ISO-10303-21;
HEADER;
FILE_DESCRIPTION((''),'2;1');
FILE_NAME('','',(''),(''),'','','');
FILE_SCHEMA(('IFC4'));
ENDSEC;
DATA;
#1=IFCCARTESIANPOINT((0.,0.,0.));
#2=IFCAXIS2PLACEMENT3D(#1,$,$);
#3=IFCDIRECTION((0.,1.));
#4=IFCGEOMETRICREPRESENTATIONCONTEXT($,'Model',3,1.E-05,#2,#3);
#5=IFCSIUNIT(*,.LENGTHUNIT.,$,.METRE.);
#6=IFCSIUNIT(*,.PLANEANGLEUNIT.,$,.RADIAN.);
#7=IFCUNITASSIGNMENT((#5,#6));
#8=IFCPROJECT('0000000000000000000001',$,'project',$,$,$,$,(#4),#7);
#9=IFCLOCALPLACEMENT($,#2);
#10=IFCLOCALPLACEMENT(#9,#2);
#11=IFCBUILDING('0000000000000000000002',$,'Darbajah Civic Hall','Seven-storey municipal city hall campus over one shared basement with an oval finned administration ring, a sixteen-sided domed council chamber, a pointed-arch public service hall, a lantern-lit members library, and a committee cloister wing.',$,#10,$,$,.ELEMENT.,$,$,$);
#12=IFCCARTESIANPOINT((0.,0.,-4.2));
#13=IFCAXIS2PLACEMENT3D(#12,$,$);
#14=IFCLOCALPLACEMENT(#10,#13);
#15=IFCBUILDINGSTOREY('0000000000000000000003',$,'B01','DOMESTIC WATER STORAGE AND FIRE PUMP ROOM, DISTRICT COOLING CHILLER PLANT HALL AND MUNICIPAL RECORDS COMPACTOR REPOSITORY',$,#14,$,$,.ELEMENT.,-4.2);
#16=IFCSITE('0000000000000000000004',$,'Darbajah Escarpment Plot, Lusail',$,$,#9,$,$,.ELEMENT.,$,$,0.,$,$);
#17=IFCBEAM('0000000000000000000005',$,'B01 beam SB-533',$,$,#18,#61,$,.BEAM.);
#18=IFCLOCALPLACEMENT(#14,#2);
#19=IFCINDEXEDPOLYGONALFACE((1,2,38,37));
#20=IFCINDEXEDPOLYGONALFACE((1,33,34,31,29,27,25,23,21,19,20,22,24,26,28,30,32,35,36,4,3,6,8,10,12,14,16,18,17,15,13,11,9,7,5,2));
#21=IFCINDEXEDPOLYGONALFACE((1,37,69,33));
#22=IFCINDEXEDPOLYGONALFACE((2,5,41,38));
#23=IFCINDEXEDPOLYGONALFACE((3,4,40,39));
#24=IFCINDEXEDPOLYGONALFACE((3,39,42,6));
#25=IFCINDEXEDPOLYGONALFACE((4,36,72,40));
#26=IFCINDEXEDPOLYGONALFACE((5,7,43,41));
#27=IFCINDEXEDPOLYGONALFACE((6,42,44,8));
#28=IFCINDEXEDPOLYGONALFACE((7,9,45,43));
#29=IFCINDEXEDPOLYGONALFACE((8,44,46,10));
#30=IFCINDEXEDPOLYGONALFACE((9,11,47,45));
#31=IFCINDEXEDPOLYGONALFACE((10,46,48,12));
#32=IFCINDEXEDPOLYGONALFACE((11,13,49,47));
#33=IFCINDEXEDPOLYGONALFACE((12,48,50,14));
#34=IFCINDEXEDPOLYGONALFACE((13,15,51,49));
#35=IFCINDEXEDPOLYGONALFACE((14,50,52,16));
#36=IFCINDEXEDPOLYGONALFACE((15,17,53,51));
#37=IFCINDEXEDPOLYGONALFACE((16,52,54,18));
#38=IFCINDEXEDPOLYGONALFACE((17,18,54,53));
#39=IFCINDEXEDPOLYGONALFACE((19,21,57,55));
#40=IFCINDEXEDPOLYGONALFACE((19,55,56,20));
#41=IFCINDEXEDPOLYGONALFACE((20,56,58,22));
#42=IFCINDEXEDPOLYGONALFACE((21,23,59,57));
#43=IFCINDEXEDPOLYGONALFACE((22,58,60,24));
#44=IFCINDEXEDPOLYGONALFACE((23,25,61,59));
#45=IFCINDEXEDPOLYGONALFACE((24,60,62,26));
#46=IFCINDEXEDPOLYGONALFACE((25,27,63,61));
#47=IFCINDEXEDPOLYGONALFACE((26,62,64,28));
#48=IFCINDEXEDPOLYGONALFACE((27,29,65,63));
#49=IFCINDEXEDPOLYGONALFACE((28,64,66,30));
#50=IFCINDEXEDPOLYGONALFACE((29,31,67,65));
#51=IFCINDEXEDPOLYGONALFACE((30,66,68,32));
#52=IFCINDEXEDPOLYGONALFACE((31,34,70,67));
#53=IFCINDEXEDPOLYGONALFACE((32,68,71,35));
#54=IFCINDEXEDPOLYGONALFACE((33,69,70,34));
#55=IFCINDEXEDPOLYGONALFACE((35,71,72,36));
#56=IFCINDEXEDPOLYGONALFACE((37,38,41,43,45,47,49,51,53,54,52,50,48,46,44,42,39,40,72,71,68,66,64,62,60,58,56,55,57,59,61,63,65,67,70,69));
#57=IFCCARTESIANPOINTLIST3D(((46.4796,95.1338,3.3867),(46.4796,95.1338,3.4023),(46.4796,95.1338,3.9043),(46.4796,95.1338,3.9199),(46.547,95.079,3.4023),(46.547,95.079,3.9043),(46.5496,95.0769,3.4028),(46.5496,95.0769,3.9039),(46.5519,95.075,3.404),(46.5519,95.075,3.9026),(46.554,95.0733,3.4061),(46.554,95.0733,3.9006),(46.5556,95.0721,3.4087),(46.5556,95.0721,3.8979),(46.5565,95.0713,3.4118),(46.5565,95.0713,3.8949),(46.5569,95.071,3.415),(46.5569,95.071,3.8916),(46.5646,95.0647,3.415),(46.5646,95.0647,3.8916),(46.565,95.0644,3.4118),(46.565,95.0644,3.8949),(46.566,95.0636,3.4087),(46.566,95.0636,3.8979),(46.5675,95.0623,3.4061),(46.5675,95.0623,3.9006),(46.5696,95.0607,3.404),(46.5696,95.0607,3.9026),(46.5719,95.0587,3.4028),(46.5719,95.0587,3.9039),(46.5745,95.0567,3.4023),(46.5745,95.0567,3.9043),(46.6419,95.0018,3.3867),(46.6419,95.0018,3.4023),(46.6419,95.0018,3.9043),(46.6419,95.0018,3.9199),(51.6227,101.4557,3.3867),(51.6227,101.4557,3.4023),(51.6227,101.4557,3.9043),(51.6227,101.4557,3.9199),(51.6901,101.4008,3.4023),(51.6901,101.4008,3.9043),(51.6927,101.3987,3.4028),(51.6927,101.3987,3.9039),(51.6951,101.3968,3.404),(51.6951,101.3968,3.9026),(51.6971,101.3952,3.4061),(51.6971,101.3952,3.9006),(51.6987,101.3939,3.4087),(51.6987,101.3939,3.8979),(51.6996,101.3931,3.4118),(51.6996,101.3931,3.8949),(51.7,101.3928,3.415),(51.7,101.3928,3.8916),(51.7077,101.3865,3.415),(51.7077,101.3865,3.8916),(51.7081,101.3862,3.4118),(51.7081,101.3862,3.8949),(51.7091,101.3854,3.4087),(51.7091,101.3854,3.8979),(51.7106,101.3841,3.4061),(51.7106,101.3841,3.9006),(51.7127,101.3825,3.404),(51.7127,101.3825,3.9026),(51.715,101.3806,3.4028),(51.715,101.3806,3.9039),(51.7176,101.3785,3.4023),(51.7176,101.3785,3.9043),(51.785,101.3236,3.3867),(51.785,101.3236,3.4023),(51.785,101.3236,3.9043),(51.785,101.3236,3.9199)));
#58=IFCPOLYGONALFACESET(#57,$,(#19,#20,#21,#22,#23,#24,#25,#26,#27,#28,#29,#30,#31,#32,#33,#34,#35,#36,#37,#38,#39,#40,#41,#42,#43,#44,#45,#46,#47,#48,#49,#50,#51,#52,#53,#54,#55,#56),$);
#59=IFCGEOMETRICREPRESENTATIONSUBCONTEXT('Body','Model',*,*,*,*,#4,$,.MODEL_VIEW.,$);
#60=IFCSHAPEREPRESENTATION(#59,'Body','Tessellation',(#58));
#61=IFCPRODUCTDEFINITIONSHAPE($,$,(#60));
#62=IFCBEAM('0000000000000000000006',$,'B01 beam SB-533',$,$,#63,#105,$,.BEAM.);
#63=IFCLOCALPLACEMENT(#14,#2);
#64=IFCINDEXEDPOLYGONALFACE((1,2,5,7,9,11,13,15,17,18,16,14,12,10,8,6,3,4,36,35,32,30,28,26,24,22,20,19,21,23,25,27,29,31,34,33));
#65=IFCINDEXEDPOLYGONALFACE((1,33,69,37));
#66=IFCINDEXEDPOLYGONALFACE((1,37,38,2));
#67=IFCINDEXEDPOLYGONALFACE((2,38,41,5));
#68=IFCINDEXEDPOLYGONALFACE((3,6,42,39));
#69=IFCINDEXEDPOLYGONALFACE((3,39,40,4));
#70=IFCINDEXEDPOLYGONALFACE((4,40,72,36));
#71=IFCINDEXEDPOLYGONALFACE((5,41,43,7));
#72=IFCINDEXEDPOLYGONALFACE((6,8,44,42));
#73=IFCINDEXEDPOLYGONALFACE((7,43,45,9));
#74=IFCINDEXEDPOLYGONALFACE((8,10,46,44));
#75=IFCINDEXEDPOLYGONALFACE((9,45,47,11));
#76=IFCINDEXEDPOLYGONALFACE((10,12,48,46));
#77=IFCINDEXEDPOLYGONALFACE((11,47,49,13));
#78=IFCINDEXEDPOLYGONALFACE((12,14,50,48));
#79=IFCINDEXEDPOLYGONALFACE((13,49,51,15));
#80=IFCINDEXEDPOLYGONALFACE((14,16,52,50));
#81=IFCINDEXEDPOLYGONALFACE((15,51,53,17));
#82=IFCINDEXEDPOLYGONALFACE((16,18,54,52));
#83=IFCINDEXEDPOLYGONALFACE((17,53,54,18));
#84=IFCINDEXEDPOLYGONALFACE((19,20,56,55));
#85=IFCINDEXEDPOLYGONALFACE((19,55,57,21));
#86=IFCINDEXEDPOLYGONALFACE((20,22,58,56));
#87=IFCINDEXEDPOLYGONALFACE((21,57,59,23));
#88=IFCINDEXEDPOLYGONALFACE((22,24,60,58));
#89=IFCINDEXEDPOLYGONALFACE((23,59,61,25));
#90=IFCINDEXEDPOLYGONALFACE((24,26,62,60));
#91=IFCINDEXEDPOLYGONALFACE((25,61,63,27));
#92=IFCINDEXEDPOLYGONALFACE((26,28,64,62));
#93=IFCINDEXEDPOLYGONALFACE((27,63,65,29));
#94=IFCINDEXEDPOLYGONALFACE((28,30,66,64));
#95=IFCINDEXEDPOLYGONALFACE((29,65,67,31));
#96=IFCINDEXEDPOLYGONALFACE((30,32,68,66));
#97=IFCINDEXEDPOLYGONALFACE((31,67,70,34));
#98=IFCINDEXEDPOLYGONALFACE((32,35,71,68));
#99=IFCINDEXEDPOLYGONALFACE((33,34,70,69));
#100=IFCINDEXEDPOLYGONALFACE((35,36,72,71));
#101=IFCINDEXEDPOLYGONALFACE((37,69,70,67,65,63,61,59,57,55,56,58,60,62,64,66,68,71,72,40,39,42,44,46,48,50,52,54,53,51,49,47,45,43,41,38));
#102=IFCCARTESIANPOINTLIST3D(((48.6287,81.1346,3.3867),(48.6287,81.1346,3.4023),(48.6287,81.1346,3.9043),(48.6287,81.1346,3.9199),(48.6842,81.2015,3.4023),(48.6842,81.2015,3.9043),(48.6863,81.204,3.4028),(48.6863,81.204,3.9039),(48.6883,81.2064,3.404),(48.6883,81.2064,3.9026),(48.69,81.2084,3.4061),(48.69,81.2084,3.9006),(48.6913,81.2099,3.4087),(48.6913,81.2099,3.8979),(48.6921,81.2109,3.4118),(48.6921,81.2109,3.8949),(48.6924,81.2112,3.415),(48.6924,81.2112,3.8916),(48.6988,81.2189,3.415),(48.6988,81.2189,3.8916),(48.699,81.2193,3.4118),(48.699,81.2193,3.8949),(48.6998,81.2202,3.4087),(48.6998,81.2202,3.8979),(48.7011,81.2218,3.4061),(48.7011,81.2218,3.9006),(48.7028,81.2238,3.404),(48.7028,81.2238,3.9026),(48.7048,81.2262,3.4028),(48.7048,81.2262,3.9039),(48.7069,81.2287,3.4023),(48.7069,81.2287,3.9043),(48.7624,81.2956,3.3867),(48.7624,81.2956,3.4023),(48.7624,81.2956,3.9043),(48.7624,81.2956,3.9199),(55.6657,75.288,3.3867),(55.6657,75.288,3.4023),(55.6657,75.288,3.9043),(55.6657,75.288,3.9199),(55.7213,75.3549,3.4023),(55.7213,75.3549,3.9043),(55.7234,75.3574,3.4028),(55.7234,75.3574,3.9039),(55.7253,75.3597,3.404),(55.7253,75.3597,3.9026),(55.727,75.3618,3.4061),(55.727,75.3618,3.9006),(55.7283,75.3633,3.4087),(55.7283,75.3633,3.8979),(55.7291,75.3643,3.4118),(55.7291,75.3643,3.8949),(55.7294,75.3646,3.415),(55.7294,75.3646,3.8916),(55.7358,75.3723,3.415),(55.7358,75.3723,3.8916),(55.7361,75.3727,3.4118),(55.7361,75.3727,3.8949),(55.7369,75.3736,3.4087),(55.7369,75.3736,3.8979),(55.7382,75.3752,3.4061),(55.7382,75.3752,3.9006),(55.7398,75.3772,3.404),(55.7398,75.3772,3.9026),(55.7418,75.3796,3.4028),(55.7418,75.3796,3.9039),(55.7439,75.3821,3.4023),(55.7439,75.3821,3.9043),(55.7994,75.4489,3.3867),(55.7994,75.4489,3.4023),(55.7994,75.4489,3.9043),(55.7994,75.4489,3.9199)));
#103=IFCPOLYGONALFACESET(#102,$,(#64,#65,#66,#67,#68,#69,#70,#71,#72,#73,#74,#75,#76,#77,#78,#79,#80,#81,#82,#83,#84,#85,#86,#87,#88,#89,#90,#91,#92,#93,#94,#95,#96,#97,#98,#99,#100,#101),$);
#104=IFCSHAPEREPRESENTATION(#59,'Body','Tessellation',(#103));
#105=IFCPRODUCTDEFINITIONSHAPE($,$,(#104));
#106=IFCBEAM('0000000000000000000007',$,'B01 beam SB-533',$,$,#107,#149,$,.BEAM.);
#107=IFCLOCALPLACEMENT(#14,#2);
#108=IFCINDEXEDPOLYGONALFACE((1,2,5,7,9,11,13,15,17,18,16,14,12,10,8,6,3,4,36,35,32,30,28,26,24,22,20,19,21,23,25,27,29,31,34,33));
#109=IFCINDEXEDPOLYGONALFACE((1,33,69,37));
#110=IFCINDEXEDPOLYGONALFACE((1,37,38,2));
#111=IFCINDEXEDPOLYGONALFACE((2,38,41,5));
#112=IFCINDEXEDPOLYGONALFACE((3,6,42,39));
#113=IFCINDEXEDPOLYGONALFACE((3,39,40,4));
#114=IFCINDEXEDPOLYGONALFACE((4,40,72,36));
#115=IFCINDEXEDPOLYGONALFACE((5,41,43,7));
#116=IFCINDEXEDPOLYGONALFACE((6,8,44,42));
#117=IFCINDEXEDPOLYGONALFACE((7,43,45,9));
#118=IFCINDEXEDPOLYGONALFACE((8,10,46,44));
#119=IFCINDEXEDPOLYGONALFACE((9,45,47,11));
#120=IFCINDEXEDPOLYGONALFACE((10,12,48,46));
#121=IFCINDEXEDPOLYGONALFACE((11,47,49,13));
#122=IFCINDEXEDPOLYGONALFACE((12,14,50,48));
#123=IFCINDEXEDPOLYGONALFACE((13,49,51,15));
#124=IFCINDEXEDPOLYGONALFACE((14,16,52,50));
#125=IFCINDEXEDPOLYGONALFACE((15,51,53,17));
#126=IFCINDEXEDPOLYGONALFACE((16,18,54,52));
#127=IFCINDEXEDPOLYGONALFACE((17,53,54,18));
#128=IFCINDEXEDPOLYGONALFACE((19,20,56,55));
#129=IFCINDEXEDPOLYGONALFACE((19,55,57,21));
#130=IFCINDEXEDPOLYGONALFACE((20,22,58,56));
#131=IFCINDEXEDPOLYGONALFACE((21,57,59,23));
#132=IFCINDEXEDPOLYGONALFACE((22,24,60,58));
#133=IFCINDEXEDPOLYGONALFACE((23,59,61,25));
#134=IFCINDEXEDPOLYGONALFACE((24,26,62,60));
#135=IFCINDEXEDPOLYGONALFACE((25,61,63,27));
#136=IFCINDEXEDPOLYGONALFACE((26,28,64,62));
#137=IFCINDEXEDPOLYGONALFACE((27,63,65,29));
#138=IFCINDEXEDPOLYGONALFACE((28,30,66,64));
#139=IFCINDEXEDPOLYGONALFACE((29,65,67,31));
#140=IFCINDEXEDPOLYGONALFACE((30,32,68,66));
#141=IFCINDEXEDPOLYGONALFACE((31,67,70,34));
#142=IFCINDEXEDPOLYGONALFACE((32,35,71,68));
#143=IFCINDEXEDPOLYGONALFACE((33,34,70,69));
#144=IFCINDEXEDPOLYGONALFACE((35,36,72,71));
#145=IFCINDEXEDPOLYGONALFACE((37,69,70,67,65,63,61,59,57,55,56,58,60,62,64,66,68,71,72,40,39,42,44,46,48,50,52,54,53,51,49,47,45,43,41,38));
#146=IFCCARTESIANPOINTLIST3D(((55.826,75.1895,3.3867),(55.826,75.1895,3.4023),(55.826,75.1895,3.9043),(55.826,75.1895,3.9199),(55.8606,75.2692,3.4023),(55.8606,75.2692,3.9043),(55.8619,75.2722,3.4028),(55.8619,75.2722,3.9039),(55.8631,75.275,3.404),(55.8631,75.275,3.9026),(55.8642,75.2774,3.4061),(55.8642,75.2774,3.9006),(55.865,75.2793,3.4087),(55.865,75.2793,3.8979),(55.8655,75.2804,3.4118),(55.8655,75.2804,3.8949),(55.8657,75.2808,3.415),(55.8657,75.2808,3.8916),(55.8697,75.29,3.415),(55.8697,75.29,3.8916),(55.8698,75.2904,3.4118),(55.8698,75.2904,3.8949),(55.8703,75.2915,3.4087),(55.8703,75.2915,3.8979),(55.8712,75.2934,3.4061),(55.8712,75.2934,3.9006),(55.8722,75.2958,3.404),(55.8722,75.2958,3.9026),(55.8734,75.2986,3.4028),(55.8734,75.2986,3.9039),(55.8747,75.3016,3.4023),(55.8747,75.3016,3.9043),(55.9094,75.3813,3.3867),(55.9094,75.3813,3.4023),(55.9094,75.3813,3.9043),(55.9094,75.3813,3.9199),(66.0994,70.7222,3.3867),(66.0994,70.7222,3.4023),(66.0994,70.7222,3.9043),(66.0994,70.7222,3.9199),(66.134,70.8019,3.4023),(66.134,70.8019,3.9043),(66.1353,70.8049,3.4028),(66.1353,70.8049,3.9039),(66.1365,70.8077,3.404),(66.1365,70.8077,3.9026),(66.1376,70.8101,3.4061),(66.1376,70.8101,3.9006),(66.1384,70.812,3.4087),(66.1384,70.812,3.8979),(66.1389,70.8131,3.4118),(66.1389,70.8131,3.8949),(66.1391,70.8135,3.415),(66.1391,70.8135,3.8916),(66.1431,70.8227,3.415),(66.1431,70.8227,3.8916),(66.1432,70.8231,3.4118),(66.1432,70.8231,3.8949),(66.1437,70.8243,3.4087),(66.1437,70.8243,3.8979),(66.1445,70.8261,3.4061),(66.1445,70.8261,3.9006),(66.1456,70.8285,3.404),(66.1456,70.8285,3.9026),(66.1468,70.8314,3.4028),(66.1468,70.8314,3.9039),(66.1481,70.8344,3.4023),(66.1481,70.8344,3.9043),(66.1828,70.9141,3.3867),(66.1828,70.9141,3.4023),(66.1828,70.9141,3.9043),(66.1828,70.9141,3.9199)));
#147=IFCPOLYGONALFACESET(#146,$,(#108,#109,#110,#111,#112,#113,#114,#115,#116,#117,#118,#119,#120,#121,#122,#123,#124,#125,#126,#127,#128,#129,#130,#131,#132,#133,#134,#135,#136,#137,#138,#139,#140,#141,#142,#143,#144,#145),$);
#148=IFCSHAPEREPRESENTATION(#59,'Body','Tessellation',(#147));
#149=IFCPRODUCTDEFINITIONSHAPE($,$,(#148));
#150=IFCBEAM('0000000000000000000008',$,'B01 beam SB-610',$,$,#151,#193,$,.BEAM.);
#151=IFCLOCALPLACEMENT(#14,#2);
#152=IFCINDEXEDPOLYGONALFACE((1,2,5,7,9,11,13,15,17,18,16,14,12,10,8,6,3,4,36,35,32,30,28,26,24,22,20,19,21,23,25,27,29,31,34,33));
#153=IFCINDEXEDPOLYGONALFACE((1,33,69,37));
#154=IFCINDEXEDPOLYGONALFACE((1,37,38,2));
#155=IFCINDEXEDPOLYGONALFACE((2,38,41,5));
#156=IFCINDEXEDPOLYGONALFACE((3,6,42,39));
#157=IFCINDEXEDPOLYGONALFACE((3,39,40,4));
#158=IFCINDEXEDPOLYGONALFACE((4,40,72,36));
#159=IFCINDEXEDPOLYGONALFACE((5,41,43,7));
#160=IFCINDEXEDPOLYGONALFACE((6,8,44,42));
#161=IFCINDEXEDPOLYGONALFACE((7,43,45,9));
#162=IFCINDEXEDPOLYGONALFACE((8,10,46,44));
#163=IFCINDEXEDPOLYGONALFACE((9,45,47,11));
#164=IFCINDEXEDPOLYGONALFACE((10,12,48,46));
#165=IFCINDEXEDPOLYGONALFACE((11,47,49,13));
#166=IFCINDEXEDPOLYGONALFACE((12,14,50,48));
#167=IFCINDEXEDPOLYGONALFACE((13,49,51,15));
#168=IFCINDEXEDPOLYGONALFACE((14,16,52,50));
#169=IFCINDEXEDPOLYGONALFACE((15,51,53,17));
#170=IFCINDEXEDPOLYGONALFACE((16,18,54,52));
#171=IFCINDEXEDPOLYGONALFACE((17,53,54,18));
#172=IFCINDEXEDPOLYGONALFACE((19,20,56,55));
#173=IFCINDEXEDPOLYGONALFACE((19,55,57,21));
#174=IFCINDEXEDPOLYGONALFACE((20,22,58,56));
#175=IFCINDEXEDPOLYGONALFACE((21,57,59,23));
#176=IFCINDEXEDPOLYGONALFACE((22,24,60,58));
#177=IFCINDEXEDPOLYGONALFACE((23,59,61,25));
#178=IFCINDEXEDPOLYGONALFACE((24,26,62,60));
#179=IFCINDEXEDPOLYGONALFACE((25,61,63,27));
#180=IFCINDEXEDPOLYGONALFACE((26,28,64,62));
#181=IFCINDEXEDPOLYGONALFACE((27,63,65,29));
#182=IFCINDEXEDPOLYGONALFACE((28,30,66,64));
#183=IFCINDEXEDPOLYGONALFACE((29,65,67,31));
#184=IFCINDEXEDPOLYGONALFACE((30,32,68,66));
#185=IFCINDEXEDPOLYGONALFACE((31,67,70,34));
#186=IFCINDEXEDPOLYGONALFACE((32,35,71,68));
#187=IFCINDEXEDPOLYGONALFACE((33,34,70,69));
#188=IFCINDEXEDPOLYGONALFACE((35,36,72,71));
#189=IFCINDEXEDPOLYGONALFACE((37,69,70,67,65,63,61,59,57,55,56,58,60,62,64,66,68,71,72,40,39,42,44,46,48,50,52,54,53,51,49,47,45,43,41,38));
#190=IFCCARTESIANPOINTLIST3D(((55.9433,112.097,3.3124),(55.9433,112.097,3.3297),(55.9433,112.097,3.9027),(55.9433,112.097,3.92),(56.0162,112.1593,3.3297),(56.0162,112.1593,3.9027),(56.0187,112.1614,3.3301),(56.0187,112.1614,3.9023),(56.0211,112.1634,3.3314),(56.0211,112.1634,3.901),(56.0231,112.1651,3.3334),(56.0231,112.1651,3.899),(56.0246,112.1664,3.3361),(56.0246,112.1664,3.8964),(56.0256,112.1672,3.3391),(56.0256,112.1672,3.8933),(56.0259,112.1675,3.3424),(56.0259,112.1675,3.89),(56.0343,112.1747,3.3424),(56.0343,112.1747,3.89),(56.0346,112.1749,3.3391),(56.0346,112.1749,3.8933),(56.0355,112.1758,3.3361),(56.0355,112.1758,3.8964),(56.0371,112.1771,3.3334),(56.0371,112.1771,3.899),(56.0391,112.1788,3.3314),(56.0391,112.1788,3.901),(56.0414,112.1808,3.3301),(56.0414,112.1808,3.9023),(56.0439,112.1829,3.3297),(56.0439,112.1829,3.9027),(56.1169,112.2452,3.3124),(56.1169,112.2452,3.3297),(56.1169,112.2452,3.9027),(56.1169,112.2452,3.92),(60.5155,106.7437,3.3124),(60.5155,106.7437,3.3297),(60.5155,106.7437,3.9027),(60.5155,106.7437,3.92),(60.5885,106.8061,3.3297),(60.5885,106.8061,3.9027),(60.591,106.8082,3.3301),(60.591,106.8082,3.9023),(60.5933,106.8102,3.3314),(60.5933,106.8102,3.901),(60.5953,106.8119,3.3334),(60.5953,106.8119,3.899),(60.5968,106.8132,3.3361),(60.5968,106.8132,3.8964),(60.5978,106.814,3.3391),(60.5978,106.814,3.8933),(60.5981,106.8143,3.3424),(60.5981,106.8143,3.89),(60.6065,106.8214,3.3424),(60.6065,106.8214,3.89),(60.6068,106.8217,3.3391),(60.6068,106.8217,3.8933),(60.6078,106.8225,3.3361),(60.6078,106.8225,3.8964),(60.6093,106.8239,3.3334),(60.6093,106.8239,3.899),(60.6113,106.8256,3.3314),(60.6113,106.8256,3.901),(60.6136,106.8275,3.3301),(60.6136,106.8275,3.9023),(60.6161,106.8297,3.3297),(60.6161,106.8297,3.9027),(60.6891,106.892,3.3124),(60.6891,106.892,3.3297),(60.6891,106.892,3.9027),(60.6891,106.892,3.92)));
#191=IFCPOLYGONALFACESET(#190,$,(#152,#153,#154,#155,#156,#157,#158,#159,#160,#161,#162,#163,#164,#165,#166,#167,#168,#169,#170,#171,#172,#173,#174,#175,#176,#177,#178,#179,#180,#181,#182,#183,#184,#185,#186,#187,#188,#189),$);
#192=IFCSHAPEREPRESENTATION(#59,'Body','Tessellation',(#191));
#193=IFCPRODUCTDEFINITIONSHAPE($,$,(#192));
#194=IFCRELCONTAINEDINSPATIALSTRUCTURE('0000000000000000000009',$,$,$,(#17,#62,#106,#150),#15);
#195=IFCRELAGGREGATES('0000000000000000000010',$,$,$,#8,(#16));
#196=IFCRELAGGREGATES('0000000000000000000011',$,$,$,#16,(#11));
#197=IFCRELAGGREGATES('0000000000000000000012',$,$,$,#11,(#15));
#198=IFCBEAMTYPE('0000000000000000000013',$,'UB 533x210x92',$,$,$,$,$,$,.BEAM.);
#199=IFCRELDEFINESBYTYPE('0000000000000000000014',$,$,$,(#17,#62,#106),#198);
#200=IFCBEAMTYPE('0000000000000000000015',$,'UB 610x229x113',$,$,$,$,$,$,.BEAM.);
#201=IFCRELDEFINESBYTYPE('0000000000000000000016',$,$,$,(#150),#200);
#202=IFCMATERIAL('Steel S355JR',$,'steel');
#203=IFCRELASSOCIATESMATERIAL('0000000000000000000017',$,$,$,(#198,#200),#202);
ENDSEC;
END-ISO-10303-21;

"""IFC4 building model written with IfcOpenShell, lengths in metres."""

from ifc_helpers import new_model, si_unit, direction, frame, origin, origin_2d, place, context, subcontext, project, spatial, i_section, extrude, material, material_profile, profile_set, type_object, element, save


model = new_model("IFC4")

# Units and contexts
model_context = context("Model", 3, precision=1e-05, world=origin(), true_north=direction((0.0, 1.0)))
body_context = subcontext(model_context, "Body", "Model", "MODEL_VIEW")
ifc_project = project(units=[si_unit("LENGTHUNIT", "METRE"), si_unit("PLANEANGLEUNIT", "RADIAN")], contexts=[model_context])

# Site, building, storey
site_placement = place(None, origin())
site = spatial("IfcSite", under=ifc_project, at=site_placement, Name="Darbajah Escarpment Plot, Lusail", CompositionType="ELEMENT", RefElevation=0.0)
building_placement = place(site_placement, origin())
building = spatial("IfcBuilding", under=site, at=building_placement, Name="Darbajah Civic Hall", Description="Seven-storey municipal city hall campus over one shared basement with an oval finned administration ring, a sixteen-sided domed council chamber, a pointed-arch public service hall, a lantern-lit members library, and a committee cloister wing.", CompositionType="ELEMENT")
storey_placement = place(building_placement, frame((0.0, 0.0, -4.2)))
storey = spatial("IfcBuildingStorey", under=building, at=storey_placement, Name="B01", Description="DOMESTIC WATER STORAGE AND FIRE PUMP ROOM, DISTRICT COOLING CHILLER PLANT HALL AND MUNICIPAL RECORDS COMPACTOR REPOSITORY", CompositionType="ELEMENT", Elevation=-4.2)

# Beams
ifc_material_1 = material(Name="Steel S355JR", Category="steel")
ifc_material_profile_1 = material_profile(ifc_material_1, i_section(OverallWidth=0.2092, OverallDepth=0.5332, WebThickness=0.01, FlangeThickness=0.0156, FilletRadius=0.0127, at=origin_2d()), Name="UB 533x210x92")
ifc_profile_set_1 = profile_set([ifc_material_profile_1], Name="Steel S355JR")
beam_type_1 = type_object("IfcBeamType", Name="UB 533x210x92", PredefinedType="BEAM", material=ifc_profile_set_1)
beam_1_placement = place(storey_placement, frame((51.7039, 101.3896, 3.6533), z_axis=(-0.631082, -0.775716, 0.0), x_axis=(0.775716, -0.631082, 0.0)))
element("IfcBeam", 1, at=beam_1_placement, inside=storey, type_object=beam_type_1, Name="B01 beam SB-533", PredefinedType="BEAM", context=body_context, shape_type="SweptSolid", body=[
    extrude(i_section(OverallWidth=0.2092, OverallDepth=0.5332, WebThickness=0.01, FlangeThickness=0.0156, FilletRadius=0.0127, at=origin_2d()), origin(), (0.0, 0.0, 1.0), 8.1497),
])
beam_2_placement = place(storey_placement, frame((48.6956, 81.2151, 3.6533), z_axis=(0.769165, -0.63905, 0.0), x_axis=(0.63905, 0.769165, 0.0)))
element("IfcBeam", 2, at=beam_2_placement, inside=storey, type_object=beam_type_1, Name="B01 beam SB-533", PredefinedType="BEAM", context=body_context, shape_type="SweptSolid", body=[
    extrude(i_section(OverallWidth=0.2092, OverallDepth=0.5332, WebThickness=0.01, FlangeThickness=0.0156, FilletRadius=0.0127, at=origin_2d()), origin(), (0.0, 0.0, 1.0), 9.1489),
])
beam_3_placement = place(storey_placement, frame((55.8677, 75.2854, 3.6533), z_axis=(0.917051, -0.398769, 0.0), x_axis=(0.398769, 0.917051, 0.0)))
element("IfcBeam", 3, at=beam_3_placement, inside=storey, type_object=beam_type_1, Name="B01 beam SB-533", PredefinedType="BEAM", context=body_context, shape_type="SweptSolid", body=[
    extrude(i_section(OverallWidth=0.2092, OverallDepth=0.5332, WebThickness=0.01, FlangeThickness=0.0156, FilletRadius=0.0127, at=origin_2d()), origin(), (0.0, 0.0, 1.0), 11.2026),
])
ifc_material_profile_2 = material_profile(ifc_material_1, i_section(OverallWidth=0.2283, OverallDepth=0.6077, WebThickness=0.011, FlangeThickness=0.0173, FilletRadius=0.0127, at=origin_2d()), Name="UB 610x229x113")
ifc_profile_set_2 = profile_set([ifc_material_profile_2], Name="Steel S355JR")
beam_type_2 = type_object("IfcBeamType", Name="UB 610x229x113", PredefinedType="BEAM", material=ifc_profile_set_2)
for number, where, z_axis, x_axis, name in (
    (4, (60.6023, 106.8179, 3.6162), (-0.64946, 0.760396, 0.0), (-0.760396, -0.64946, 0.0), "B01 beam SB-610"),
):
    element("IfcBeam", number, at=place(storey_placement, frame(where, z_axis=z_axis, x_axis=x_axis)), inside=storey, type_object=beam_type_2, Name=name, PredefinedType="BEAM", context=body_context, shape_type="SweptSolid", body=[
        extrude(i_section(OverallWidth=0.2283, OverallDepth=0.6077, WebThickness=0.011, FlangeThickness=0.0173, FilletRadius=0.0127, at=origin_2d()), origin(), (0.0, 0.0, 1.0), 7.04),
    ])

save(model, "model.ifc")
